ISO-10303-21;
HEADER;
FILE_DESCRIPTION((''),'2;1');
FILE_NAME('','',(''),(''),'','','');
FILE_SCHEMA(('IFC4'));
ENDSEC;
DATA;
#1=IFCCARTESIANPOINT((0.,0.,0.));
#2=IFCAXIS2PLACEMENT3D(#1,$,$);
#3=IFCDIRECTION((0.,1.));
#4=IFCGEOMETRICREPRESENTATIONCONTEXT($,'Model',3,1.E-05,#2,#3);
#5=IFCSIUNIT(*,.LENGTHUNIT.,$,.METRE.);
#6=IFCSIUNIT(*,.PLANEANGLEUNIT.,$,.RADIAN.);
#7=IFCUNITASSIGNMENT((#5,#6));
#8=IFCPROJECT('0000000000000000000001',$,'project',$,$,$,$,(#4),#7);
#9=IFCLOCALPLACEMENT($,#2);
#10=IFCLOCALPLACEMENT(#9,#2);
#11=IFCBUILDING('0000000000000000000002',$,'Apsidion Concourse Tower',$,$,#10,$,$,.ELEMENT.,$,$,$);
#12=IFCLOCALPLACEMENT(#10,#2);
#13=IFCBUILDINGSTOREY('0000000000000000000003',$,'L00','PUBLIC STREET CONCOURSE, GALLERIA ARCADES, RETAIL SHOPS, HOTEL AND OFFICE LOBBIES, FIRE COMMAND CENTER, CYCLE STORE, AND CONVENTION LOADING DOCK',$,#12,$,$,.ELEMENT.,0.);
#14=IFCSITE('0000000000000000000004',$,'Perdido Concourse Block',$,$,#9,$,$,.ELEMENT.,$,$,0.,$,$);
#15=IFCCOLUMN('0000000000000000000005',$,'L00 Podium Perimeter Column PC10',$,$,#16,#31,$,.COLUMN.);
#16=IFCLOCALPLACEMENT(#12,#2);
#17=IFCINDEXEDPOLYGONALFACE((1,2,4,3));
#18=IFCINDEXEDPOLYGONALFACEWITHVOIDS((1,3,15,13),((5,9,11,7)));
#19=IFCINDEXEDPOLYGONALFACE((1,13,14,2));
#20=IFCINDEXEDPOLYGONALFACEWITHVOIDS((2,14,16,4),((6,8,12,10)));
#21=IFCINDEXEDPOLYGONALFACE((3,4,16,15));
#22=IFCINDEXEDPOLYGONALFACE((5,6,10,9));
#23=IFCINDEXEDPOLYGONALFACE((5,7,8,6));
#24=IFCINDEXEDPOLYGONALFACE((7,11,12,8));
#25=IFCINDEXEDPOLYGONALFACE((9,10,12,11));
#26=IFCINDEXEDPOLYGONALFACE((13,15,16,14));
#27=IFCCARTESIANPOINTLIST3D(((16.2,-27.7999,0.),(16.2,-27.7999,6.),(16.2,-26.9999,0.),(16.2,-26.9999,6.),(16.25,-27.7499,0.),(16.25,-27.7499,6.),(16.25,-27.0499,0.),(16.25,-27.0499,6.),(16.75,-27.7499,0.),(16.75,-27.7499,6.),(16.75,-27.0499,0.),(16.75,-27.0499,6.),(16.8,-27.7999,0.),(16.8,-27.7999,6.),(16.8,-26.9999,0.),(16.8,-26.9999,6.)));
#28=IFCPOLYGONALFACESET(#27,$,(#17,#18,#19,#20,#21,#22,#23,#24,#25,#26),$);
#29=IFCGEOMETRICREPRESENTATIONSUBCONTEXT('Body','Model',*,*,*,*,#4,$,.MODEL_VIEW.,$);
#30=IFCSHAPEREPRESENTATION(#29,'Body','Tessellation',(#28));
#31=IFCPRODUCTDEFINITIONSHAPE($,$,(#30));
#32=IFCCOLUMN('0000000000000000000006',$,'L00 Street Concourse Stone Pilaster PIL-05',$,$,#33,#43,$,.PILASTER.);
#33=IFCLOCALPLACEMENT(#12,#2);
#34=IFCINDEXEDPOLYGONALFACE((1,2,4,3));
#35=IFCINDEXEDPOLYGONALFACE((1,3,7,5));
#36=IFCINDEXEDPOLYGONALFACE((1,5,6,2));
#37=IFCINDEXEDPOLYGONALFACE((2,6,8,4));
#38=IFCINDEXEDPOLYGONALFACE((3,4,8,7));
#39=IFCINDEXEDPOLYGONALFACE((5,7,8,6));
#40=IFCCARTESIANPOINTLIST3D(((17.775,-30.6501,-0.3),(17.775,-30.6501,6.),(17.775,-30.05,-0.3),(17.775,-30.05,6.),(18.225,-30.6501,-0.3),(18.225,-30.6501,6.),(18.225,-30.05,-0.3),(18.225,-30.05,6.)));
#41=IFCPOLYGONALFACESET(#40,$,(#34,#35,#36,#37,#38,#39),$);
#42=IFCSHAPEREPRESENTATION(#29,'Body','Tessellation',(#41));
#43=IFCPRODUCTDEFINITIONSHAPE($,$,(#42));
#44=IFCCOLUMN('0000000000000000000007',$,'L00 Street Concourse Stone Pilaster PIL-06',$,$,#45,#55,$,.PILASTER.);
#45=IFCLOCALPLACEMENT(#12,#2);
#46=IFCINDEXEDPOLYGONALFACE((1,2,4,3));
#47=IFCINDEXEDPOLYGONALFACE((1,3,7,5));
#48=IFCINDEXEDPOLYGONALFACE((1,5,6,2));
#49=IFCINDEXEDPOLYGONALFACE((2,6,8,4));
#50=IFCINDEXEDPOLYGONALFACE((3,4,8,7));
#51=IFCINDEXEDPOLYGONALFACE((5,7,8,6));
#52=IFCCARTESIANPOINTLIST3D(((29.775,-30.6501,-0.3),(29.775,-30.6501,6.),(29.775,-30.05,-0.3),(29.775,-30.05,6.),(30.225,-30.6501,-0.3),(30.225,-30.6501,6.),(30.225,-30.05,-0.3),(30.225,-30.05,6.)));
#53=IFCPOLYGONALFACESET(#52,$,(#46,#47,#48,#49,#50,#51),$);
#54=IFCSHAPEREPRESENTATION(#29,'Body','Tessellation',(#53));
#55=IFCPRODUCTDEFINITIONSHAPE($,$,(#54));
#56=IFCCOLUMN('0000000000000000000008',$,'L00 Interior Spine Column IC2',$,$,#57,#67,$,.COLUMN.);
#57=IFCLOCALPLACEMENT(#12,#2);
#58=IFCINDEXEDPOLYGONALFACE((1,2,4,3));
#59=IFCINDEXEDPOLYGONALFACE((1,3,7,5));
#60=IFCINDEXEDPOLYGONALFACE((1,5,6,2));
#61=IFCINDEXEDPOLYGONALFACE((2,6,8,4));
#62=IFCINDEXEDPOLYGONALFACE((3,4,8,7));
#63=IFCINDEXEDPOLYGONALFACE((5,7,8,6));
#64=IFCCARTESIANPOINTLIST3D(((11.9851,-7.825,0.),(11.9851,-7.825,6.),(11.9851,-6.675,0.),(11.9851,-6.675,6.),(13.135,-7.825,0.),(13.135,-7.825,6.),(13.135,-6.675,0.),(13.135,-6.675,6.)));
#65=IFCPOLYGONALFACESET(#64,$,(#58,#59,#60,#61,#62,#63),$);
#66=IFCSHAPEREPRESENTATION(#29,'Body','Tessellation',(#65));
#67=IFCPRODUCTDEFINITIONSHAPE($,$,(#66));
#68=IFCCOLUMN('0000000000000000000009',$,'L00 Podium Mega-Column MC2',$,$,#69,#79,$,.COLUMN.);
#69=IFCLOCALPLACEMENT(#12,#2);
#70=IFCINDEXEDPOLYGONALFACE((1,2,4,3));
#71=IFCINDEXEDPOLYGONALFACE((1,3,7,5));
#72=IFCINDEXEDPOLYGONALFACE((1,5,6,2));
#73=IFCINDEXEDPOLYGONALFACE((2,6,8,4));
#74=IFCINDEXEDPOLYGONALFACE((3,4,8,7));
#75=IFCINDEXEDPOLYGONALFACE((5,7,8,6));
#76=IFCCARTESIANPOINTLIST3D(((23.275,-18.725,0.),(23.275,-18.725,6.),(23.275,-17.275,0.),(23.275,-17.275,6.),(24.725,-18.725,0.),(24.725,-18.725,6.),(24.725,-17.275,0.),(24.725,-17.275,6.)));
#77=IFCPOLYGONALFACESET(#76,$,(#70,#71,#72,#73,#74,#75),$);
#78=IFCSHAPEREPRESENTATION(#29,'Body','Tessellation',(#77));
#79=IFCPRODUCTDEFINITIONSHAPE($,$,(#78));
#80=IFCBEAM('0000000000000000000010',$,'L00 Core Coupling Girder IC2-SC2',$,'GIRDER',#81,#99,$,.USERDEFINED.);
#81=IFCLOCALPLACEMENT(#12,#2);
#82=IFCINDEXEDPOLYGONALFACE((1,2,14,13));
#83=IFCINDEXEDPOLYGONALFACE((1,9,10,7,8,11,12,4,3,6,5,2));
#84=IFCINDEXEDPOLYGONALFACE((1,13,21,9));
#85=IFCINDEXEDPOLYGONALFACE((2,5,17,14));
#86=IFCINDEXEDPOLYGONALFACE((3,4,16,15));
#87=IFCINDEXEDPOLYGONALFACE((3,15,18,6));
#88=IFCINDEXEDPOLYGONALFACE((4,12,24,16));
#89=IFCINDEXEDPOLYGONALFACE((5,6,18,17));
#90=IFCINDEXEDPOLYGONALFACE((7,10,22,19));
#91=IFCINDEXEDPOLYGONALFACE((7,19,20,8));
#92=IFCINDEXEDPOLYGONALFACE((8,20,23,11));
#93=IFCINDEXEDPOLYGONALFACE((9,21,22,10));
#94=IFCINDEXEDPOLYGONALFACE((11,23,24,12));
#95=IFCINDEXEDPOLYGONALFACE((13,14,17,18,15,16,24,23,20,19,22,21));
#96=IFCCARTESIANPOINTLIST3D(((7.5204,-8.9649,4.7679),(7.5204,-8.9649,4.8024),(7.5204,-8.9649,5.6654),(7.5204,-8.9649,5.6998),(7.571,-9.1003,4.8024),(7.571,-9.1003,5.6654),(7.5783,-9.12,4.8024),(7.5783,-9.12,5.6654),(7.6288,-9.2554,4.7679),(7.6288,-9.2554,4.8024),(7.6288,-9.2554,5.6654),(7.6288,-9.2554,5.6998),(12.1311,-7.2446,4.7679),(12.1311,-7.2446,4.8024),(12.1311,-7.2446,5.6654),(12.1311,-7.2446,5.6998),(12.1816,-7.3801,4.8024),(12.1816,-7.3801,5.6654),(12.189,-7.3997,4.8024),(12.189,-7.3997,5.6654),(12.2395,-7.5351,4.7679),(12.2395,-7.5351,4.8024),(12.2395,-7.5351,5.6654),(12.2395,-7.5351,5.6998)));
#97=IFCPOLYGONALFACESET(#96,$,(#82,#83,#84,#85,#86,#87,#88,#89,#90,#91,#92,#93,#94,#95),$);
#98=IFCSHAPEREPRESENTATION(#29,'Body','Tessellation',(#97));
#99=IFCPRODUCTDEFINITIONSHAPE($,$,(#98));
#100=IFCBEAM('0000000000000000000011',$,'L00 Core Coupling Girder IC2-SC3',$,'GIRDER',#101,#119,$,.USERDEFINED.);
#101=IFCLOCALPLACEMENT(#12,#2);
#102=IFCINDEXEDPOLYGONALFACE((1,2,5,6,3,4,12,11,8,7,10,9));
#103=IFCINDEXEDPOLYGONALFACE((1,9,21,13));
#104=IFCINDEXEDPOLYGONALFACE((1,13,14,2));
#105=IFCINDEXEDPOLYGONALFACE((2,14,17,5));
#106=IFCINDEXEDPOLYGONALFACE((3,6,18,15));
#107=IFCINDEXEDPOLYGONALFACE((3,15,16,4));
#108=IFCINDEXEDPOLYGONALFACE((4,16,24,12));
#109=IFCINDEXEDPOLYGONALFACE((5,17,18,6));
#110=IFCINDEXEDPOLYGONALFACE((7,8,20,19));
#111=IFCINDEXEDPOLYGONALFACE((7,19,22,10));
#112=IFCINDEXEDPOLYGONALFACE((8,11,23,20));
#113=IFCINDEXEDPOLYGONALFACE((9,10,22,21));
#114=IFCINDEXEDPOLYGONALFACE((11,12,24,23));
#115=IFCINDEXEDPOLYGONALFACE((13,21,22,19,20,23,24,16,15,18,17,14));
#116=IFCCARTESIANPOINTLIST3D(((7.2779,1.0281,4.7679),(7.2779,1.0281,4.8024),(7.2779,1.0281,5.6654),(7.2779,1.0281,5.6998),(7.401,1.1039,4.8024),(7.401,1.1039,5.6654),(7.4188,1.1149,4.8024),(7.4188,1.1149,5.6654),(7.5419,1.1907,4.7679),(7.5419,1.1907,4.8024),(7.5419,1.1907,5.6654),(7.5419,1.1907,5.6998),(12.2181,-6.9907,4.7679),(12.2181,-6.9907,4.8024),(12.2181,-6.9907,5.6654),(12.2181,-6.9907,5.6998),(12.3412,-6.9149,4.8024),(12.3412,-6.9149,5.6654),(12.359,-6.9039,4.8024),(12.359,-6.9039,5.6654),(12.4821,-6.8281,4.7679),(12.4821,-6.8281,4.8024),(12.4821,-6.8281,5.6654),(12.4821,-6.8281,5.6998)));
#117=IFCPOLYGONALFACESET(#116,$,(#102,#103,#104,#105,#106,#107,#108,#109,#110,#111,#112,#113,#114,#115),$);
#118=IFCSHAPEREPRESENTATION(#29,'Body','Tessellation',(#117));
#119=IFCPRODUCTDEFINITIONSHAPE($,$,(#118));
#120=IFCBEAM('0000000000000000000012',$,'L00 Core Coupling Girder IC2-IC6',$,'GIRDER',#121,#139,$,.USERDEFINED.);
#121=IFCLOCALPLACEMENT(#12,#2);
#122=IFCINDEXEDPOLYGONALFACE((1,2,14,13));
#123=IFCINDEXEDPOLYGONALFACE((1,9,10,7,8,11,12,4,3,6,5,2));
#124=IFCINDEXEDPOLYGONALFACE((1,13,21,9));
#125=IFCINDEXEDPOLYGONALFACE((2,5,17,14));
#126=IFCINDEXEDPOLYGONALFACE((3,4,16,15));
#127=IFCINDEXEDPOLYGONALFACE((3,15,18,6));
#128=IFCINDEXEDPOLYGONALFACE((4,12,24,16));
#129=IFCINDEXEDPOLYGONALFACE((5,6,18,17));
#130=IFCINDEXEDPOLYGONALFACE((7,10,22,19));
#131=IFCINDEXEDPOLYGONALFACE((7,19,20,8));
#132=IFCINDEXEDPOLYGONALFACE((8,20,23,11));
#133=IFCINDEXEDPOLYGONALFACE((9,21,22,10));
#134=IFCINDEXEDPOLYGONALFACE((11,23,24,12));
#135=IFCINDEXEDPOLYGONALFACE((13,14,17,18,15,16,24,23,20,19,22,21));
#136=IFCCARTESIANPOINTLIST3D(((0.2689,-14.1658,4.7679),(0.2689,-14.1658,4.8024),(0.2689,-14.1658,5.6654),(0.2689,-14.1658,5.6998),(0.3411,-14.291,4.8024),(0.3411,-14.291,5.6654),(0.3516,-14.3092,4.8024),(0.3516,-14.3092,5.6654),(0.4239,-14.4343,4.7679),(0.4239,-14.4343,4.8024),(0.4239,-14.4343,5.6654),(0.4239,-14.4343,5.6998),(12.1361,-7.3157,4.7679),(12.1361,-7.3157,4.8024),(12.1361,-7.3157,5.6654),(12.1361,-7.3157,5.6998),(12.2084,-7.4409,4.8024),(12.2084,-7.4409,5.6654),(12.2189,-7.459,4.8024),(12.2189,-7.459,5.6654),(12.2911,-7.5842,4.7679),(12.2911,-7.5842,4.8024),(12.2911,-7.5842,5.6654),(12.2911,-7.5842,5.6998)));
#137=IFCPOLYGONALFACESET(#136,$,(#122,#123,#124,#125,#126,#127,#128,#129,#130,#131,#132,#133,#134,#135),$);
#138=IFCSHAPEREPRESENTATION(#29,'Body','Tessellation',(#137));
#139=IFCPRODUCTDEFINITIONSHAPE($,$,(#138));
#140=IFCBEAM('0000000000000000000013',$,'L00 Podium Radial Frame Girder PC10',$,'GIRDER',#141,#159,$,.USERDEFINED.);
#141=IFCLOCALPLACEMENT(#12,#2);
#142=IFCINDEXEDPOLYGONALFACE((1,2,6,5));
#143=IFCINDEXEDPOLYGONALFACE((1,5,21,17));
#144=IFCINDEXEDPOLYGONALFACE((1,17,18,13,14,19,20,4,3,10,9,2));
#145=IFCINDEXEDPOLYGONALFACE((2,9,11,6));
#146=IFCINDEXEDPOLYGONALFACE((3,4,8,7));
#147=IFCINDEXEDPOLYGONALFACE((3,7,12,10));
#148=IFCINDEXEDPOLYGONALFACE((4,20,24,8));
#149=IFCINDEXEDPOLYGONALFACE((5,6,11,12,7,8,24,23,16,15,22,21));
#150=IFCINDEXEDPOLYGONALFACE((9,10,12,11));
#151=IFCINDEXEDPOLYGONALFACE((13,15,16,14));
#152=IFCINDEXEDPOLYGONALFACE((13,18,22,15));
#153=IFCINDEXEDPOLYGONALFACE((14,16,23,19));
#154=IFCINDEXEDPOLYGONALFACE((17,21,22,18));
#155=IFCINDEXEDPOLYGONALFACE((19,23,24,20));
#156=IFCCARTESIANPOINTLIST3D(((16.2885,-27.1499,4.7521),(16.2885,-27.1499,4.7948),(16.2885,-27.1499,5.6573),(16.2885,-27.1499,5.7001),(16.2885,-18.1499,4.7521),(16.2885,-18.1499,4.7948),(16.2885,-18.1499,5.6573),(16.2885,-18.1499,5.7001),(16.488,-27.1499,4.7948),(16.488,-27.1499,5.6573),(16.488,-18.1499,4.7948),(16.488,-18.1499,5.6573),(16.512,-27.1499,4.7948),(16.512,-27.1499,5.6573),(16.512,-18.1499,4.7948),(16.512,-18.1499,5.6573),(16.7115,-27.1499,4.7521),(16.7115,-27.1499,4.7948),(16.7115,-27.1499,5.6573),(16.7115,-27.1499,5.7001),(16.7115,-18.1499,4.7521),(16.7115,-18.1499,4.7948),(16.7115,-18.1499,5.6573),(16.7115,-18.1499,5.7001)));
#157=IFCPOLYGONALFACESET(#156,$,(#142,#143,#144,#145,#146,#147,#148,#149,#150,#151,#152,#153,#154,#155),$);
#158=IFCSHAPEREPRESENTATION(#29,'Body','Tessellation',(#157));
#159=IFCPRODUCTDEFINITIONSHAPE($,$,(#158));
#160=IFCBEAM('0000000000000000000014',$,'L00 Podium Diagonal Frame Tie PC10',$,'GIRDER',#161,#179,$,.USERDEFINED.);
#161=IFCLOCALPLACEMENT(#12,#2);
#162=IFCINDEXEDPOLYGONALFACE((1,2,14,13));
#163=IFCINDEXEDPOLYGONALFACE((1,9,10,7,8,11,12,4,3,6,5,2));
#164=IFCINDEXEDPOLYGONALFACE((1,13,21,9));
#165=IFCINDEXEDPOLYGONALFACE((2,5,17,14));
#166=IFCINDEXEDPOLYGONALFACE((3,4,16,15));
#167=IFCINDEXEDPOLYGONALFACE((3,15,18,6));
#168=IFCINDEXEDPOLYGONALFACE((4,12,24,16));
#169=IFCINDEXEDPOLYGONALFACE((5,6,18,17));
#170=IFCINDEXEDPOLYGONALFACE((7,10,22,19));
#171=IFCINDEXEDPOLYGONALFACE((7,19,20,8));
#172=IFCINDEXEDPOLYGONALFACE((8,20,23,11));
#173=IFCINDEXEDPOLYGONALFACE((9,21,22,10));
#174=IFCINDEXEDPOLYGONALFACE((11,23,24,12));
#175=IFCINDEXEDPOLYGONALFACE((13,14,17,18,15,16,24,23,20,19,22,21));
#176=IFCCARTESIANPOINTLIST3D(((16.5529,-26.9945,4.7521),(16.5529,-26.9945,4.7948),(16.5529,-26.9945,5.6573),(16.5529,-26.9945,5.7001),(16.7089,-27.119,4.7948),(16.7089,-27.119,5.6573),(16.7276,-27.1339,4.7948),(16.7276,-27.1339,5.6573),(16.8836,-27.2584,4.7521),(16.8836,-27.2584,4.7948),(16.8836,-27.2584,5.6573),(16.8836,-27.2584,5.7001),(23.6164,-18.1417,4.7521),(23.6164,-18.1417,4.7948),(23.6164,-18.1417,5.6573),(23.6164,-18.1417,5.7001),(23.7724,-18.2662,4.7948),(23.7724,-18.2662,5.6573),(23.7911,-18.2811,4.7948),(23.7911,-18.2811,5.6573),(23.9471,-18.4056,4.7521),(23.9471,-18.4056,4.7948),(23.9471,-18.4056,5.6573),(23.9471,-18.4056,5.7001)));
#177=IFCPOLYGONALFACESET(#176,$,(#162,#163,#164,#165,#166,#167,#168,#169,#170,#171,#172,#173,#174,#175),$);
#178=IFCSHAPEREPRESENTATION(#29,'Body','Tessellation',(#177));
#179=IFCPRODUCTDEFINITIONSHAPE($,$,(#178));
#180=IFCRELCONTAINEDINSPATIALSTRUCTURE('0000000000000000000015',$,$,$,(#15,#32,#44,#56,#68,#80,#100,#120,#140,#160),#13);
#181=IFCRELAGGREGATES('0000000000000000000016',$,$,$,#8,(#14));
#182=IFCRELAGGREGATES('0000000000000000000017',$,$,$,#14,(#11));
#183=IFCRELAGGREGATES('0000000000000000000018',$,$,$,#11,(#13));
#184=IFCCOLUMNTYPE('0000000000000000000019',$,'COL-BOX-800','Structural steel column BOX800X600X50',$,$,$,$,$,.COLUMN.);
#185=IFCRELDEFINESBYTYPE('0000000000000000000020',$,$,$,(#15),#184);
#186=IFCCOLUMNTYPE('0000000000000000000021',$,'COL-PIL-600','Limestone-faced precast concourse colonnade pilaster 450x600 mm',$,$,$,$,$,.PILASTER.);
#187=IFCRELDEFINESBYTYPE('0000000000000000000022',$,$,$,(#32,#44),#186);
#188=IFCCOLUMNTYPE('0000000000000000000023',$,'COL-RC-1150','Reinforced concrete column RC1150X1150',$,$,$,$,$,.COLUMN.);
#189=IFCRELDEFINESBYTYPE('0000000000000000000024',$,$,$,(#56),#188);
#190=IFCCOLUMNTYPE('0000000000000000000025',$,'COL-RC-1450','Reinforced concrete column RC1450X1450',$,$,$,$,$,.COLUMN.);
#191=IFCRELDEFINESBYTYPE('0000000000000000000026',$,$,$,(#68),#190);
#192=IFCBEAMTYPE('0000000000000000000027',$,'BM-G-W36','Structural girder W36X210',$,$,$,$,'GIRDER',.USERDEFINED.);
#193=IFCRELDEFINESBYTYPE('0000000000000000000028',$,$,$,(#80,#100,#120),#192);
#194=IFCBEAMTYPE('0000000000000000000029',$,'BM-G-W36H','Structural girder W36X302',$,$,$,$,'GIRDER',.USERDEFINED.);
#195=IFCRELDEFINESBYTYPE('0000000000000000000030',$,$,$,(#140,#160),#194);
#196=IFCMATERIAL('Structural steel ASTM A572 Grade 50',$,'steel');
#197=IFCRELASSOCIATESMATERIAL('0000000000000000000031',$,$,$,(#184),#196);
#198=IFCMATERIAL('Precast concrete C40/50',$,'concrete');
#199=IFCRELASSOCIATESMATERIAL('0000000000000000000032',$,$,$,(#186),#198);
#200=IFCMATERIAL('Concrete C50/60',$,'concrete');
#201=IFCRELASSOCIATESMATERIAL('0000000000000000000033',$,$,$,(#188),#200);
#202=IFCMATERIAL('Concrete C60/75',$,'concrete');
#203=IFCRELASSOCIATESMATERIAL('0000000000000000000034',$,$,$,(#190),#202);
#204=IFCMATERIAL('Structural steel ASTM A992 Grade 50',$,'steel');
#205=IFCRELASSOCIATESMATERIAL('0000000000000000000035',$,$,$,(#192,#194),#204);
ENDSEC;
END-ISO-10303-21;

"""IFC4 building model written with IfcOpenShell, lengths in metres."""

from ifc_helpers import new_model, si_unit, direction, frame, origin, origin_2d, place, context, subcontext, project, spatial, rectangle, hollow_rectangle, i_section, extrude, material, material_profile, profile_set, type_object, element, save


model = new_model("IFC4")

# Units and contexts
model_context = context("Model", 3, precision=1e-05, world=origin(), true_north=direction((0.0, 1.0)))
body_context = subcontext(model_context, "Body", "Model", "MODEL_VIEW")
ifc_project = project(units=[si_unit("LENGTHUNIT", "METRE"), si_unit("PLANEANGLEUNIT", "RADIAN")], contexts=[model_context])

# Site, building, storey
site_placement = place(None, origin())
site = spatial("IfcSite", under=ifc_project, at=site_placement, Name="Perdido Concourse Block", CompositionType="ELEMENT", RefElevation=0.0)
building_placement = place(site_placement, origin())
building = spatial("IfcBuilding", under=site, at=building_placement, Name="Apsidion Concourse Tower", CompositionType="ELEMENT")
storey_placement = place(building_placement, origin())
storey = spatial("IfcBuildingStorey", under=building, at=storey_placement, Name="L00", Description="PUBLIC STREET CONCOURSE, GALLERIA ARCADES, RETAIL SHOPS, HOTEL AND OFFICE LOBBIES, FIRE COMMAND CENTER, CYCLE STORE, AND CONVENTION LOADING DOCK", CompositionType="ELEMENT", Elevation=0.0)

# Columns
ifc_material_1 = material(Name="Structural steel ASTM A572 Grade 50", Category="steel")
ifc_material_profile_1 = material_profile(ifc_material_1, hollow_rectangle(XDim=0.6001, YDim=0.8, WallThickness=0.05, at=origin_2d()), Name="BOX800X600X50")
ifc_profile_set_1 = profile_set([ifc_material_profile_1], Name="Structural steel ASTM A572 Grade 50")
column_type_1 = type_object("IfcColumnType", Name="COL-BOX-800", Description="Structural steel column BOX800X600X50", PredefinedType="COLUMN", material=ifc_profile_set_1)
column_1_placement = place(storey_placement, frame((16.5, -27.3999, 0.0), z_axis=(0.0, 0.0, 1.0), x_axis=(1.0, 0.0, 0.0)))
element("IfcColumn", 1, at=column_1_placement, inside=storey, type_object=column_type_1, Name="L00 Podium Perimeter Column PC10", PredefinedType="COLUMN", context=body_context, shape_type="SweptSolid", body=[
    extrude(hollow_rectangle(XDim=0.6001, YDim=0.8, WallThickness=0.05, at=origin_2d()), origin(), (0.0, 0.0, 1.0), 6.0),
])
ifc_material_2 = material(Name="Precast concrete C40/50", Category="concrete")
ifc_material_profile_2 = material_profile(ifc_material_2, rectangle(XDim=0.45, YDim=0.6001, at=origin_2d()), Name="RC 600x450")
ifc_profile_set_2 = profile_set([ifc_material_profile_2], Name="Precast concrete C40/50")
column_type_2 = type_object("IfcColumnType", Name="COL-PIL-600", Description="Limestone-faced precast concourse colonnade pilaster 450x600 mm", PredefinedType="PILASTER", material=ifc_profile_set_2)
for number, where, z_axis, x_axis, name in (
    (2, (18.0, -30.3501, -0.3), (0.0, 0.0, 1.0), (1.0, 0.0, 0.0), "L00 Street Concourse Stone Pilaster PIL-05"),
    (3, (30.0, -30.3501, -0.3), (0.0, 0.0, 1.0), (1.0, 0.0, 0.0), "L00 Street Concourse Stone Pilaster PIL-06"),
):
    element("IfcColumn", number, at=place(storey_placement, frame(where, z_axis=z_axis, x_axis=x_axis)), inside=storey, type_object=column_type_2, Name=name, PredefinedType="PILASTER", context=body_context, shape_type="SweptSolid", body=[
        extrude(rectangle(XDim=0.45, YDim=0.6001, at=origin_2d()), origin(), (0.0, 0.0, 1.0), 6.3),
    ])
ifc_material_3 = material(Name="Concrete C50/60", Category="concrete")
ifc_material_profile_3 = material_profile(ifc_material_3, rectangle(XDim=1.1499, YDim=1.1499, at=origin_2d()), Name="RC 1150x1150")
ifc_profile_set_3 = profile_set([ifc_material_profile_3], Name="Concrete C50/60")
column_type_3 = type_object("IfcColumnType", Name="COL-RC-1150", Description="Reinforced concrete column RC1150X1150", PredefinedType="COLUMN", material=ifc_profile_set_3)
column_2_placement = place(storey_placement, frame((12.5601, -7.25, 0.0), z_axis=(0.0, 0.0, 1.0), x_axis=(1.0, 0.0, 0.0)))
element("IfcColumn", 4, at=column_2_placement, inside=storey, type_object=column_type_3, Name="L00 Interior Spine Column IC2", PredefinedType="COLUMN", context=body_context, shape_type="SweptSolid", body=[
    extrude(rectangle(XDim=1.1499, YDim=1.1499, at=origin_2d()), origin(), (0.0, 0.0, 1.0), 6.0),
])
ifc_material_4 = material(Name="Concrete C60/75", Category="concrete")
ifc_material_profile_4 = material_profile(ifc_material_4, rectangle(XDim=1.45, YDim=1.45, at=origin_2d()), Name="RC 1450x1450")
ifc_profile_set_4 = profile_set([ifc_material_profile_4], Name="Concrete C60/75")
column_type_4 = type_object("IfcColumnType", Name="COL-RC-1450", Description="Reinforced concrete column RC1450X1450", PredefinedType="COLUMN", material=ifc_profile_set_4)
column_3_placement = place(storey_placement, frame((24.0, -18.0, 0.0), z_axis=(0.0, 0.0, 1.0), x_axis=(1.0, 0.0, 0.0)))
element("IfcColumn", 5, at=column_3_placement, inside=storey, type_object=column_type_4, Name="L00 Podium Mega-Column MC2", PredefinedType="COLUMN", context=body_context, shape_type="SweptSolid", body=[
    extrude(rectangle(XDim=1.45, YDim=1.45, at=origin_2d()), origin(), (0.0, 0.0, 1.0), 6.0),
])

# Beams
ifc_material_5 = material(Name="Structural steel ASTM A992 Grade 50", Category="steel")
ifc_material_profile_5 = material_profile(ifc_material_5, i_section(OverallWidth=0.3101, OverallDepth=0.9319, WebThickness=0.021, FlangeThickness=0.0344, at=origin_2d()), Name="W36X210")
ifc_profile_set_5 = profile_set([ifc_material_profile_5], Name="Structural steel ASTM A992 Grade 50")
beam_type_1 = type_object("IfcBeamType", Name="BM-G-W36", Description="Structural girder W36X210", ElementType="GIRDER", PredefinedType="USERDEFINED", material=ifc_profile_set_5)
beam_1_placement = place(storey_placement, frame((12.1853, -7.3899, 5.2339), z_axis=(-0.936913, -0.349563, 0.0), x_axis=(0.349563, -0.936913, 0.0)))
element("IfcBeam", 6, at=beam_1_placement, inside=storey, type_object=beam_type_1, Name="L00 Core Coupling Girder IC2-SC2", ObjectType="GIRDER", PredefinedType="USERDEFINED", context=body_context, shape_type="SweptSolid", body=[
    extrude(i_section(OverallWidth=0.3101, OverallDepth=0.9319, WebThickness=0.021, FlangeThickness=0.0344, at=origin_2d()), origin(), (0.0, 0.0, 1.0), 4.9211),
])
beam_2_placement = place(storey_placement, frame((12.3501, -6.9094, 5.2339), z_axis=(-0.524524, 0.851396, 0.0), x_axis=(-0.851396, -0.524524, 0.0)))
element("IfcBeam", 7, at=beam_2_placement, inside=storey, type_object=beam_type_1, Name="L00 Core Coupling Girder IC2-SC3", ObjectType="GIRDER", PredefinedType="USERDEFINED", context=body_context, shape_type="SweptSolid", body=[
    extrude(i_section(OverallWidth=0.3101, OverallDepth=0.9319, WebThickness=0.021, FlangeThickness=0.0344, at=origin_2d()), origin(), (0.0, 0.0, 1.0), 9.4185),
])
beam_3_placement = place(storey_placement, frame((12.2136, -7.45, 5.2339), z_axis=(-0.86607, -0.499922, 0.0), x_axis=(0.499922, -0.86607, 0.0)))
element("IfcBeam", 8, at=beam_3_placement, inside=storey, type_object=beam_type_1, Name="L00 Core Coupling Girder IC2-IC6", ObjectType="GIRDER", PredefinedType="USERDEFINED", context=body_context, shape_type="SweptSolid", body=[
    extrude(i_section(OverallWidth=0.3101, OverallDepth=0.9319, WebThickness=0.021, FlangeThickness=0.0344, at=origin_2d()), origin(), (0.0, 0.0, 1.0), 13.7024),
])
ifc_material_profile_6 = material_profile(ifc_material_5, i_section(OverallWidth=0.4231, OverallDepth=0.948, WebThickness=0.0239, FlangeThickness=0.0427, at=origin_2d()), Name="W36X302")
ifc_profile_set_6 = profile_set([ifc_material_profile_6], Name="Structural steel ASTM A992 Grade 50")
beam_type_2 = type_object("IfcBeamType", Name="BM-G-W36H", Description="Structural girder W36X302", ElementType="GIRDER", PredefinedType="USERDEFINED", material=ifc_profile_set_6)
beam_4_placement = place(storey_placement, frame((16.5, -27.1499, 5.2261), z_axis=(0.0, 1.0, 0.0), x_axis=(-1.0, 0.0, 0.0)))
element("IfcBeam", 9, at=beam_4_placement, inside=storey, type_object=beam_type_2, Name="L00 Podium Radial Frame Girder PC10", ObjectType="GIRDER", PredefinedType="USERDEFINED", context=body_context, shape_type="SweptSolid", body=[
    extrude(i_section(OverallWidth=0.4231, OverallDepth=0.948, WebThickness=0.0239, FlangeThickness=0.0427, at=origin_2d()), origin(), (0.0, 0.0, 1.0), 9.0),
])
beam_5_placement = place(storey_placement, frame((16.7183, -27.1265, 5.2261), z_axis=(0.623685, 0.781676, 0.0), x_axis=(-0.781676, 0.623685, 0.0)))
element("IfcBeam", 10, at=beam_5_placement, inside=storey, type_object=beam_type_2, Name="L00 Podium Diagonal Frame Tie PC10", ObjectType="GIRDER", PredefinedType="USERDEFINED", context=body_context, shape_type="SweptSolid", body=[
    extrude(i_section(OverallWidth=0.4231, OverallDepth=0.948, WebThickness=0.0239, FlangeThickness=0.0427, at=origin_2d()), origin(), (0.0, 0.0, 1.0), 11.3254),
])

save(model, "model.ifc")
